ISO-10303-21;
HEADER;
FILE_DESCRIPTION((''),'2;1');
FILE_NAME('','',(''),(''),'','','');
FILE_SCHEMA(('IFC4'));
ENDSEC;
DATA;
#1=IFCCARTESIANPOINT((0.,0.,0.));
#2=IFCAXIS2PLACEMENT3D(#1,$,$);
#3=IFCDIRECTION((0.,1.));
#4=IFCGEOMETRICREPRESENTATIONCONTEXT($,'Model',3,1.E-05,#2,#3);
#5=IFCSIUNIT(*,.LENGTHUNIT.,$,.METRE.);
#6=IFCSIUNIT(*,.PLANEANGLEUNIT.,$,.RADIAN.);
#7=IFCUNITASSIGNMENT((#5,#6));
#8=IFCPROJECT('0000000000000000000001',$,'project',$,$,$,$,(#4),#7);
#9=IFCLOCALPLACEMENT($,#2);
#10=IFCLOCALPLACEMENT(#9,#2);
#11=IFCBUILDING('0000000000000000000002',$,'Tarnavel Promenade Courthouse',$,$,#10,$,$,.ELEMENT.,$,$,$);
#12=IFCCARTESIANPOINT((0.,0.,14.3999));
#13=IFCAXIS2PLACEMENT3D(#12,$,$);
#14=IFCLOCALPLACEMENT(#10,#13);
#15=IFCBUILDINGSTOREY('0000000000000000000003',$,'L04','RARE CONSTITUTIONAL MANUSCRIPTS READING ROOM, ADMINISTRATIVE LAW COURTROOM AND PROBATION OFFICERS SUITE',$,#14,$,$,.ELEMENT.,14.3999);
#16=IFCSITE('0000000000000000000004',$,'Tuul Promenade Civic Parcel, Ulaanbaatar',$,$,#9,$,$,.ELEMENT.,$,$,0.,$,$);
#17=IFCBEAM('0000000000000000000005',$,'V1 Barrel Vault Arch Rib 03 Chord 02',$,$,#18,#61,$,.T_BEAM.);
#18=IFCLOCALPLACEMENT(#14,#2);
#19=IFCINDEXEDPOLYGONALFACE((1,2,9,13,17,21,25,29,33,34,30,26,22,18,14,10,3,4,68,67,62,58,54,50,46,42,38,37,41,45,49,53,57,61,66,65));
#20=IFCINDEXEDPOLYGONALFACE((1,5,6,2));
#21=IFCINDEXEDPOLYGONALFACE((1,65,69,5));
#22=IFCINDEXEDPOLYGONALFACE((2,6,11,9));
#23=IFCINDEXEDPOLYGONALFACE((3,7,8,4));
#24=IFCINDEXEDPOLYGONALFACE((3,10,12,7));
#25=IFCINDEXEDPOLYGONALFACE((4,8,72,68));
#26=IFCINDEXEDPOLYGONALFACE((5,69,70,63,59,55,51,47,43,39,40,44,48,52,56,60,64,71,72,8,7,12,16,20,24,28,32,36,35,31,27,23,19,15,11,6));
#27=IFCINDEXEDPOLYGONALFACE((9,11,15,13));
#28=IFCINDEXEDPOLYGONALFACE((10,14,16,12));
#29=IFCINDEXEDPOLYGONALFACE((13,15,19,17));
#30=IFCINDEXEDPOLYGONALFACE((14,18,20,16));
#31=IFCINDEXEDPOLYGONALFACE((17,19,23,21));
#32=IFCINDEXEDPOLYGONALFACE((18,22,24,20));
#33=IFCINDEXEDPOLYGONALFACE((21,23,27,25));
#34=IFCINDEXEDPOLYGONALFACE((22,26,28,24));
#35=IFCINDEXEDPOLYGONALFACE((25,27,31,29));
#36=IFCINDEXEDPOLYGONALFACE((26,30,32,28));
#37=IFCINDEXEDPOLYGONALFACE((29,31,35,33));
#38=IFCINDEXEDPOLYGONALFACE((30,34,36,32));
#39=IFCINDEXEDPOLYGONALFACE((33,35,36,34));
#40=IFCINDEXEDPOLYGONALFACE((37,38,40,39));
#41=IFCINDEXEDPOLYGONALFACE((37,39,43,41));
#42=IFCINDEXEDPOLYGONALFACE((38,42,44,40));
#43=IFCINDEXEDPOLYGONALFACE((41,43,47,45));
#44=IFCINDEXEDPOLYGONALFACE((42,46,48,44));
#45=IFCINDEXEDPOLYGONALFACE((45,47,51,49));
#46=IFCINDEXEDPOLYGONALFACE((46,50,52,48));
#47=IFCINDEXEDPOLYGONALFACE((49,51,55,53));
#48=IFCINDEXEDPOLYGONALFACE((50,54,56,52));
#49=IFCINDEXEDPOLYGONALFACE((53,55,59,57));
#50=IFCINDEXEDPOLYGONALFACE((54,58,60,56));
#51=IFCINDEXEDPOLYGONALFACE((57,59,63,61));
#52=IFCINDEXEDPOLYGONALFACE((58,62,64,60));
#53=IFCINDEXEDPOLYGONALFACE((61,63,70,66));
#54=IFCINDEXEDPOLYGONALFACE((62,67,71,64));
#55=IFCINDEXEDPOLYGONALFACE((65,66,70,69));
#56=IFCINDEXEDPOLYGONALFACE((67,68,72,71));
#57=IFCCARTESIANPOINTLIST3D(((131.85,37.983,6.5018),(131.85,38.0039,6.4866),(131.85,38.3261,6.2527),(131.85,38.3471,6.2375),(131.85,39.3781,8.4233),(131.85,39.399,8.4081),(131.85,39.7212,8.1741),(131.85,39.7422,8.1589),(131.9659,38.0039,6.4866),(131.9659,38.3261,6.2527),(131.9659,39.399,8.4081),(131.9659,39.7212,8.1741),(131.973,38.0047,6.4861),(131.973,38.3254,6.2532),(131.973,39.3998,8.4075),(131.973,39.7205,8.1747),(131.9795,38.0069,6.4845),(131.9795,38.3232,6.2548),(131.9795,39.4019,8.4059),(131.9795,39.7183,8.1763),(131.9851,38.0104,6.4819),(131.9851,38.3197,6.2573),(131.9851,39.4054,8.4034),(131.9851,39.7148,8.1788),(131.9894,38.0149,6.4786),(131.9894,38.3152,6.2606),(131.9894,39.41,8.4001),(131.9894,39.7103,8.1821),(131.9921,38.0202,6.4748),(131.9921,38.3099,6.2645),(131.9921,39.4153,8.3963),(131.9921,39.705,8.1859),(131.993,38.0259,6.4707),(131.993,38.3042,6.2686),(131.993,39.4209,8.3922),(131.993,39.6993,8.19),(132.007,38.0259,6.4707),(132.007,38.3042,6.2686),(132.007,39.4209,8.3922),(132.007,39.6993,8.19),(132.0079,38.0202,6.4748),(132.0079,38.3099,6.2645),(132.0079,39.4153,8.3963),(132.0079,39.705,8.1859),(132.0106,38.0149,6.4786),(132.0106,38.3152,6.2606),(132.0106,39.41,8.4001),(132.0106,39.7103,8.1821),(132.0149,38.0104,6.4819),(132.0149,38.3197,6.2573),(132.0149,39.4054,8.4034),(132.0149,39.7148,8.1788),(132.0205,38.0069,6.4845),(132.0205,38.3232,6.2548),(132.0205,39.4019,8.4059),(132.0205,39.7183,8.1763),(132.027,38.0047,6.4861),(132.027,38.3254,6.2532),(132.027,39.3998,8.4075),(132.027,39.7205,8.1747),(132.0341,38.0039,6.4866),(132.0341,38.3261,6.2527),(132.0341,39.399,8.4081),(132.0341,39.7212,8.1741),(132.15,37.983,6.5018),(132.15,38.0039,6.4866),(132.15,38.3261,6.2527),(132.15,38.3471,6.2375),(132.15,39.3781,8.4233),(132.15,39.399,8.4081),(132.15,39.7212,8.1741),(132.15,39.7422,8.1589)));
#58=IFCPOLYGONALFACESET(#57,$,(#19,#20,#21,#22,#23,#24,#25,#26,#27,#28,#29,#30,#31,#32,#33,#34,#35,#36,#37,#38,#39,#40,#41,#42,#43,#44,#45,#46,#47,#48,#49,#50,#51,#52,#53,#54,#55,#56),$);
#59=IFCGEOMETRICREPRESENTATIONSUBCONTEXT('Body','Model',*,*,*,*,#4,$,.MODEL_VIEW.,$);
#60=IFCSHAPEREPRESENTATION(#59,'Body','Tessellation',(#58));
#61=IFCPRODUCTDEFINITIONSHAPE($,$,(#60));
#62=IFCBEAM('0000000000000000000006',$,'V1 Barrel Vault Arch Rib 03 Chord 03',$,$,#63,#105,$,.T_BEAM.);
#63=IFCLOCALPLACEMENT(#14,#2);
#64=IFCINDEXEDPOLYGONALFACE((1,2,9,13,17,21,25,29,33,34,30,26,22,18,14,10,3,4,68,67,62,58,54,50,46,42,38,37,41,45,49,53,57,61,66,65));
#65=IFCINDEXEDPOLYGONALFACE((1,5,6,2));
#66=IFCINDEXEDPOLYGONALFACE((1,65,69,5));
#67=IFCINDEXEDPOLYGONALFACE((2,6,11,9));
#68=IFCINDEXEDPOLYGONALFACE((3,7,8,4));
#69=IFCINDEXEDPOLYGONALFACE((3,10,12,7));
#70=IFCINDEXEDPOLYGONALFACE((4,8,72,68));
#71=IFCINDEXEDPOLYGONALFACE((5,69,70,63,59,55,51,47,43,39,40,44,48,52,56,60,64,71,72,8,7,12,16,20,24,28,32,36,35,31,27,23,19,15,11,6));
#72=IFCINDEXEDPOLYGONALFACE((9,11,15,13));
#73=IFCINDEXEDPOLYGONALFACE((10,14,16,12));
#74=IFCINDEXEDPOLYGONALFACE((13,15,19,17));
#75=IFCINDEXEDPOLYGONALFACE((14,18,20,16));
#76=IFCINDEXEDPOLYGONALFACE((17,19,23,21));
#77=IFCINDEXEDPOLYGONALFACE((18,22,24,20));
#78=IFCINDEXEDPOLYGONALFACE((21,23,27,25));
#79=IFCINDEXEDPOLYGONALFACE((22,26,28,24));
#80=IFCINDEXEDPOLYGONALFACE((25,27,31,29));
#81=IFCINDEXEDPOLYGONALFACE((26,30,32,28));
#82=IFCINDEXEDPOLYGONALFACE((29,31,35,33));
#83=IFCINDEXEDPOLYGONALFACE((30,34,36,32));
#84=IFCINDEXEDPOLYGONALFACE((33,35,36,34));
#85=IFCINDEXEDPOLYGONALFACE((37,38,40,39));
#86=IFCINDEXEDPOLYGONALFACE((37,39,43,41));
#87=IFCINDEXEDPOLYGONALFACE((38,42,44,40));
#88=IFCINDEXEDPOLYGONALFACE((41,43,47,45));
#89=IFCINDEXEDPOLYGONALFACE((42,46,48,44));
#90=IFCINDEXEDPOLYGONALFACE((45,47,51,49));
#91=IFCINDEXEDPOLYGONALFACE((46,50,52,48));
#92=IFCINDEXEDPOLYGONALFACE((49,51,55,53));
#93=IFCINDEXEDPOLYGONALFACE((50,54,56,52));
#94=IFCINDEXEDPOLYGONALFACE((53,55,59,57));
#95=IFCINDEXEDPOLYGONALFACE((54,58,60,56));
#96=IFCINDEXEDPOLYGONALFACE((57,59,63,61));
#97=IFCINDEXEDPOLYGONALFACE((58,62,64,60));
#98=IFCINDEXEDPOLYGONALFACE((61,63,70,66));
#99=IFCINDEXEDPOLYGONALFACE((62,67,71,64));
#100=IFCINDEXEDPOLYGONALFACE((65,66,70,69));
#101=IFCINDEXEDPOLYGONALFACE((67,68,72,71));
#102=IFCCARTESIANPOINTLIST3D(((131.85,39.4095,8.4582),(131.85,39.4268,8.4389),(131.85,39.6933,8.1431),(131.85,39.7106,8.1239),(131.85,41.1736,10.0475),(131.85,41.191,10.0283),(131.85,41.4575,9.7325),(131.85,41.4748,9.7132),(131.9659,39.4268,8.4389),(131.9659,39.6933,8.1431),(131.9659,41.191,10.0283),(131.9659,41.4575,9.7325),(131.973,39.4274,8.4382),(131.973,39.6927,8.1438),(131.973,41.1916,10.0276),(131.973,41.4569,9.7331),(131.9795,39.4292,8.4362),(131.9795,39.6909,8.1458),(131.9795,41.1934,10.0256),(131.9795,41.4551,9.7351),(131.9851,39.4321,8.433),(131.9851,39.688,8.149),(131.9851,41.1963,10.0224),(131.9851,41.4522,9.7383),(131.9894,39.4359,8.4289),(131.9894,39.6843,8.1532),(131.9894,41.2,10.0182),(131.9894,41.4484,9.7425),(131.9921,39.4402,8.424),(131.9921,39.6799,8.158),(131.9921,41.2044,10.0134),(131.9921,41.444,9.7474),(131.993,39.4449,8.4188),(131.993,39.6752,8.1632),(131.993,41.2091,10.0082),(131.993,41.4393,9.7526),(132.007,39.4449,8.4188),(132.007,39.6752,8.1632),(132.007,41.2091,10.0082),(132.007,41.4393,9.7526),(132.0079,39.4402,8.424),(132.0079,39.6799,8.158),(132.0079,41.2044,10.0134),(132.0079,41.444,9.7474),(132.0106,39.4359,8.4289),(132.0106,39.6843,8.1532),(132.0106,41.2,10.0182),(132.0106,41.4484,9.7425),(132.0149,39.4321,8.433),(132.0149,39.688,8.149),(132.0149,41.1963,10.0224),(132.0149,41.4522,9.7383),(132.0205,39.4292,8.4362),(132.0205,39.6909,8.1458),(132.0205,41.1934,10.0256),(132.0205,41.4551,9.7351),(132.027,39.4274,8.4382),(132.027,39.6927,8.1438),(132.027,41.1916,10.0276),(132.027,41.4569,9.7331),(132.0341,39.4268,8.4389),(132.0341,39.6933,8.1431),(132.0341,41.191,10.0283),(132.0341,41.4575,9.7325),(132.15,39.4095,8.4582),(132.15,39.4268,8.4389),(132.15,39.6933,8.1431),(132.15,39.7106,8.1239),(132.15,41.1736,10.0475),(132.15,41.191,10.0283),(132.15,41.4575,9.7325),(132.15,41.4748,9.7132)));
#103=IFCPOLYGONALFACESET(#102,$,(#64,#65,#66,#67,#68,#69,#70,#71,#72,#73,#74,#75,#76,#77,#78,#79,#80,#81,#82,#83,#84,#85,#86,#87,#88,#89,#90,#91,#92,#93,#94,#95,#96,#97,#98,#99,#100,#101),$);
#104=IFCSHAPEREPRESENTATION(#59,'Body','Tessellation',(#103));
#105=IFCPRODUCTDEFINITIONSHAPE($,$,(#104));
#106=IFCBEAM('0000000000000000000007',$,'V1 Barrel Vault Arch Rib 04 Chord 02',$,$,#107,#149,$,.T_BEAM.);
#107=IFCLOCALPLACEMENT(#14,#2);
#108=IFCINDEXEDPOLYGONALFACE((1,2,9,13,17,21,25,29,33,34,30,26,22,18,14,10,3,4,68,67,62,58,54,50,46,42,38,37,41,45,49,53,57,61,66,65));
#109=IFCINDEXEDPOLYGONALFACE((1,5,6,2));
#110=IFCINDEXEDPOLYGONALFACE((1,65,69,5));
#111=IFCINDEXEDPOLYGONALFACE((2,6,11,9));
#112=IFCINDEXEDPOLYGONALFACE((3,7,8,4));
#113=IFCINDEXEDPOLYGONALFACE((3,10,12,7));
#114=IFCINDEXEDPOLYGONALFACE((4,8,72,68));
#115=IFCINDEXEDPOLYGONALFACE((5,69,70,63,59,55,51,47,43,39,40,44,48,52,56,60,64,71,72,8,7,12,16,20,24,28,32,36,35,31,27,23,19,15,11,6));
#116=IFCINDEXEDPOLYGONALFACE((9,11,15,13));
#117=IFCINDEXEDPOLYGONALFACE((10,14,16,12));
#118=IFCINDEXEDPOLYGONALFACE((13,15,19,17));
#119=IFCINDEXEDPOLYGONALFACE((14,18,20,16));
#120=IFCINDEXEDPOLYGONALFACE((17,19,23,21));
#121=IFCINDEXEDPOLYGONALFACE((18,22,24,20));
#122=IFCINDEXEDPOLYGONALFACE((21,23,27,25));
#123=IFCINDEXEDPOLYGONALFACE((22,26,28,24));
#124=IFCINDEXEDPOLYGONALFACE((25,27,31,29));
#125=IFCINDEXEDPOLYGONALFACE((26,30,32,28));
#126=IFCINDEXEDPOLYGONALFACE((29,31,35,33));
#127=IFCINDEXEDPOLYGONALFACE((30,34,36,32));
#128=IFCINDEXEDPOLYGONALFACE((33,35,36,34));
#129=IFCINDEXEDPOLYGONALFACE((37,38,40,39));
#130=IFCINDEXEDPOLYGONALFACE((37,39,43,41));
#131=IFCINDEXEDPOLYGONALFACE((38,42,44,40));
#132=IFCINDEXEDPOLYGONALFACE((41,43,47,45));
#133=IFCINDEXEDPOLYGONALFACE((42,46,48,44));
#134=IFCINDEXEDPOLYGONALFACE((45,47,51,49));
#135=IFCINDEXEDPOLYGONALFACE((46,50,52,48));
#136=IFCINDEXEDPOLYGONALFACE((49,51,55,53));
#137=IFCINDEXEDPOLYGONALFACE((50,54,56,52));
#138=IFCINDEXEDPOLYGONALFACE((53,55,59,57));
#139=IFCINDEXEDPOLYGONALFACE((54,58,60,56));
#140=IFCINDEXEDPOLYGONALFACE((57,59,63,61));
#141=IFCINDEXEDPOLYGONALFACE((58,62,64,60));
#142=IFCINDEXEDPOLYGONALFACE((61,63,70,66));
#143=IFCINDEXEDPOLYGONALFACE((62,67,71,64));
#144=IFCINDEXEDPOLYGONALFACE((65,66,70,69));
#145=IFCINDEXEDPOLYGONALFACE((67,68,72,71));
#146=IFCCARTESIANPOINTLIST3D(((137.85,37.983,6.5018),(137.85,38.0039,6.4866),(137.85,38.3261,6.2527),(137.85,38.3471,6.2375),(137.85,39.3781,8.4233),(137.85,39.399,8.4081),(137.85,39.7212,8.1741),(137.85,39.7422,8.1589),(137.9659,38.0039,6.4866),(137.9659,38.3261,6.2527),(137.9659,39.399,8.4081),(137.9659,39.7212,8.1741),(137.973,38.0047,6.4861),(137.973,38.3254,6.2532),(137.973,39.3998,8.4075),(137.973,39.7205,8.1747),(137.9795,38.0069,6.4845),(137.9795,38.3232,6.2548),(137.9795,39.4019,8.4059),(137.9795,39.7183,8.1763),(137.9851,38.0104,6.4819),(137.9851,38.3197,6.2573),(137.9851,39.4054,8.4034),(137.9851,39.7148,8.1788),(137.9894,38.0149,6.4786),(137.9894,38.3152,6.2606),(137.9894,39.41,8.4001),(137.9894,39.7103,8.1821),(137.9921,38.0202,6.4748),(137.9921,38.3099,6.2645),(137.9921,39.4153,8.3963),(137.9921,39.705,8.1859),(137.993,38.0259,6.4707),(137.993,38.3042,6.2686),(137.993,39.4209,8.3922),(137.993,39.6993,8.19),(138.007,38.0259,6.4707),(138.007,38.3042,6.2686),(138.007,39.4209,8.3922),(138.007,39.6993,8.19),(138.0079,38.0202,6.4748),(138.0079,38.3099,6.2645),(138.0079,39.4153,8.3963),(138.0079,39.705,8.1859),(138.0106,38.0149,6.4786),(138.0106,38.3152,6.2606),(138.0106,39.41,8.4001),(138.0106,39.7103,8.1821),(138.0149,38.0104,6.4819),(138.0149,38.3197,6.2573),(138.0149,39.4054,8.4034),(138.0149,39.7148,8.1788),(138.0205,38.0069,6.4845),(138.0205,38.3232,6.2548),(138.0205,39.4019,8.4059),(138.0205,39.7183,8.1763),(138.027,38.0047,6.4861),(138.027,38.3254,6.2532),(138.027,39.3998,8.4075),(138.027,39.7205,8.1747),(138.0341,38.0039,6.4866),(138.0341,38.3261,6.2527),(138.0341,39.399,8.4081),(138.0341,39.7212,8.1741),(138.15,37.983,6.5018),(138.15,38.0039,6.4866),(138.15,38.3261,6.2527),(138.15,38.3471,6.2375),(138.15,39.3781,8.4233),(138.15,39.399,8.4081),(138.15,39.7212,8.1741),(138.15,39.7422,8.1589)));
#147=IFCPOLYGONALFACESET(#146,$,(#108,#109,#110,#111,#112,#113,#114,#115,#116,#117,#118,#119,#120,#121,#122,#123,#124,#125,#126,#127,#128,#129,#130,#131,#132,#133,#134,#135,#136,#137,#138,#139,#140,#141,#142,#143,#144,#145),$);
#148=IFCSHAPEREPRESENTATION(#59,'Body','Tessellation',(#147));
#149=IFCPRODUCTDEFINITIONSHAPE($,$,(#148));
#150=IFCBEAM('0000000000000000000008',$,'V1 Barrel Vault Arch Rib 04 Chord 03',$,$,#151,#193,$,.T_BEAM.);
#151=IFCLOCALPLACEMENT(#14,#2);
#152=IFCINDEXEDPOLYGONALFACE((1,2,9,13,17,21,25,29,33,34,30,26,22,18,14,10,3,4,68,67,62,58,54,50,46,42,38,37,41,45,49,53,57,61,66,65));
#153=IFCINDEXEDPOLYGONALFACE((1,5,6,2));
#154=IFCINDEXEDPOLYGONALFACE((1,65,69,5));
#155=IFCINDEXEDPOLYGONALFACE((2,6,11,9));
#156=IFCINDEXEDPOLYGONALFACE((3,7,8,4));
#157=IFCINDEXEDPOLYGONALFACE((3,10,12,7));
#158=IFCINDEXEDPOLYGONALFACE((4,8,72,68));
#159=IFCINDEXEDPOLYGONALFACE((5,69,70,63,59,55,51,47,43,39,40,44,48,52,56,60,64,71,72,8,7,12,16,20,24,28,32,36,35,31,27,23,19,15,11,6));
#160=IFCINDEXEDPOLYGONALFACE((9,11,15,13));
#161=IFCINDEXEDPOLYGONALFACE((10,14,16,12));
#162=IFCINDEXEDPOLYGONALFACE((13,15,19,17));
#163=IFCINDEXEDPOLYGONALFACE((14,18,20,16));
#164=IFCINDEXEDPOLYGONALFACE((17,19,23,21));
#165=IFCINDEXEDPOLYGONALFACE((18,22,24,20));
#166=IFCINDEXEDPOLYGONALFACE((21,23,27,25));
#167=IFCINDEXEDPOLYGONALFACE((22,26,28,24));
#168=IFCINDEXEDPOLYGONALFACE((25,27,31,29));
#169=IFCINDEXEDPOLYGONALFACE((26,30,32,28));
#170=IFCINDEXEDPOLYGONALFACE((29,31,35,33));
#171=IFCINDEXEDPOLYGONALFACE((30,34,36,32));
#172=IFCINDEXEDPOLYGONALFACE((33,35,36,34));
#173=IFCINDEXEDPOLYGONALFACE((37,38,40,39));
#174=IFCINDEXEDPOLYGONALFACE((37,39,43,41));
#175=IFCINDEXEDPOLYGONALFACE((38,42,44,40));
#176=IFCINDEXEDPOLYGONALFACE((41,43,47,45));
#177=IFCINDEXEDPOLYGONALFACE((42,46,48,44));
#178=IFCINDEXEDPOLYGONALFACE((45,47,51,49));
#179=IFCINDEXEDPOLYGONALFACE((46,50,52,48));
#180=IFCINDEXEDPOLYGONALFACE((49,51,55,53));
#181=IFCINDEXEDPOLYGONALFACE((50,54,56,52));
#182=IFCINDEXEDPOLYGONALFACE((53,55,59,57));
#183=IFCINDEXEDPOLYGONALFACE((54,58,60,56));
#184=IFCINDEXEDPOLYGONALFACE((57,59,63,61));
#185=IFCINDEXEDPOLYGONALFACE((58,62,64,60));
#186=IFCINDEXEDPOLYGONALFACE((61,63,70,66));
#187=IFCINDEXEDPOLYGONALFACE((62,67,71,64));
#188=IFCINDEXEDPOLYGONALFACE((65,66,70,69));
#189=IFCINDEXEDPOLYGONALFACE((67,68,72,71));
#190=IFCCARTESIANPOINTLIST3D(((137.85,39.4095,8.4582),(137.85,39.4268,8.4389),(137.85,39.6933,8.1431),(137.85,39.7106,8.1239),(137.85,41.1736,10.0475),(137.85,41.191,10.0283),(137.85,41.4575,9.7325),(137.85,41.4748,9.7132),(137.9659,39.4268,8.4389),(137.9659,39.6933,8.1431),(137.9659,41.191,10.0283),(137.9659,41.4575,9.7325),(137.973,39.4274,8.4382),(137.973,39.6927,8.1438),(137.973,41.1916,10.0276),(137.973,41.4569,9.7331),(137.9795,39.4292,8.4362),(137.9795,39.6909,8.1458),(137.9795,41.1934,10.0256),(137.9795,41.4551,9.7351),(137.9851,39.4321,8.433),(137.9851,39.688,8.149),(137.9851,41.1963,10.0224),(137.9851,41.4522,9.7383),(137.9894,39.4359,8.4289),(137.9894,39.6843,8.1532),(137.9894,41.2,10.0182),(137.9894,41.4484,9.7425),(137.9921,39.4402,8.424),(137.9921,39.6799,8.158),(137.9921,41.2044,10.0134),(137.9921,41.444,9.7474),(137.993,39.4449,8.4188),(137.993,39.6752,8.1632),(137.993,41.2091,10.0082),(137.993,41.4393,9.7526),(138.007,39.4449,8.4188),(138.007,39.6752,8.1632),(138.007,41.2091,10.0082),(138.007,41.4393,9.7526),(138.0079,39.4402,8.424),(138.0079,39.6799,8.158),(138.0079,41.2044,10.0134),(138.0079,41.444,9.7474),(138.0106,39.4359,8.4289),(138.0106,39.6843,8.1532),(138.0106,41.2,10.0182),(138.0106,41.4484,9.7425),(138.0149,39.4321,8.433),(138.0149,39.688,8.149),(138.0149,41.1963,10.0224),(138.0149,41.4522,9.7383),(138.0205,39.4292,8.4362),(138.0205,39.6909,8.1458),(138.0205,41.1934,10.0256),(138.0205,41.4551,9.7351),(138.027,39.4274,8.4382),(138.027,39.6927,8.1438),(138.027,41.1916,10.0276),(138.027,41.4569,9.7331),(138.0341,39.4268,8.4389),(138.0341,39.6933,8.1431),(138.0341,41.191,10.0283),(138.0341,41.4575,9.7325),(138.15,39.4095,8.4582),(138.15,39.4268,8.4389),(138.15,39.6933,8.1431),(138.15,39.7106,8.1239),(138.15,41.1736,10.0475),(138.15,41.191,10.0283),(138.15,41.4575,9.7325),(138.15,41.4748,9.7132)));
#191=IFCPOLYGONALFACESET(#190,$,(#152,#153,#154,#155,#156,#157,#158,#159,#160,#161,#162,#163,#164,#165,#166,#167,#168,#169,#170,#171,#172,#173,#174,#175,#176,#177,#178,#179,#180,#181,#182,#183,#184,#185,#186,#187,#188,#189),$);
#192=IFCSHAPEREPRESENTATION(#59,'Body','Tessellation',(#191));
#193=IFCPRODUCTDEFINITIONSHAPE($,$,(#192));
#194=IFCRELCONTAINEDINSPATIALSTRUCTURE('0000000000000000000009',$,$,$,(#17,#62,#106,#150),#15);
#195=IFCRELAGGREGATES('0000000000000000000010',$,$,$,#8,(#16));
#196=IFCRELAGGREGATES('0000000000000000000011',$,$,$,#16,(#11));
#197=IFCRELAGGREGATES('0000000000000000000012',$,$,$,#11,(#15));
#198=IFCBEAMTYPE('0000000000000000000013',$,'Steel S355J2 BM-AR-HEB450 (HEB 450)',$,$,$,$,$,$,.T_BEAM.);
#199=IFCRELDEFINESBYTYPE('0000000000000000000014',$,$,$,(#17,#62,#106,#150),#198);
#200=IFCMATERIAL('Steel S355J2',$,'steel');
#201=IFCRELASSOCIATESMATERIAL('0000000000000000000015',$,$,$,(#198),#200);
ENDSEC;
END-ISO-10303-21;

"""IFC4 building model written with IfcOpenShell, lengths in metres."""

from ifc_helpers import new_model, si_unit, direction, frame, origin, origin_2d, place, context, subcontext, project, spatial, i_section, extrude, material, material_profile, profile_set, type_object, element, save


model = new_model("IFC4")

# Units and contexts
model_context = context("Model", 3, precision=1e-05, world=origin(), true_north=direction((0.0, 1.0)))
body_context = subcontext(model_context, "Body", "Model", "MODEL_VIEW")
ifc_project = project(units=[si_unit("LENGTHUNIT", "METRE"), si_unit("PLANEANGLEUNIT", "RADIAN")], contexts=[model_context])

# Site, building, storey
site_placement = place(None, origin())
site = spatial("IfcSite", under=ifc_project, at=site_placement, Name="Tuul Promenade Civic Parcel, Ulaanbaatar", CompositionType="ELEMENT", RefElevation=0.0)
building_placement = place(site_placement, origin())
building = spatial("IfcBuilding", under=site, at=building_placement, Name="Tarnavel Promenade Courthouse", CompositionType="ELEMENT")
storey_placement = place(building_placement, frame((0.0, 0.0, 14.3999)))
storey = spatial("IfcBuildingStorey", under=building, at=storey_placement, Name="L04", Description="RARE CONSTITUTIONAL MANUSCRIPTS READING ROOM, ADMINISTRATIVE LAW COURTROOM AND PROBATION OFFICERS SUITE", CompositionType="ELEMENT", Elevation=14.3999)

# Beams
ifc_material_1 = material(Name="Steel S355J2", Category="steel")
ifc_material_profile_1 = material_profile(ifc_material_1, i_section(OverallWidth=0.3, OverallDepth=0.45, WebThickness=0.0139, FlangeThickness=0.0259, FilletRadius=0.0271, at=origin_2d()), Name="HEB 450")
ifc_profile_set_1 = profile_set([ifc_material_profile_1], Name="Steel S355J2")
beam_type = type_object("IfcBeamType", Name="Steel S355J2 BM-AR-HEB450 (HEB 450)", PredefinedType="T_BEAM", material=ifc_profile_set_1)
for number, where, z_axis, x_axis, name in (
    (1, (132.0, 38.165, 6.3696), (0.0, 0.587523, 0.809207), (-1.0, 0.0, 0.0), "V1 Barrel Vault Arch Rib 03 Chord 02"),
    (2, (132.0, 39.5601, 8.291), (0.0, 0.742957, 0.66934), (-1.0, 0.0, 0.0), "V1 Barrel Vault Arch Rib 03 Chord 03"),
    (3, (138.0, 38.165, 6.3696), (0.0, 0.587523, 0.809207), (-1.0, 0.0, 0.0), "V1 Barrel Vault Arch Rib 04 Chord 02"),
    (4, (138.0, 39.5601, 8.291), (0.0, 0.742957, 0.66934), (-1.0, 0.0, 0.0), "V1 Barrel Vault Arch Rib 04 Chord 03"),
):
    element("IfcBeam", number, at=place(storey_placement, frame(where, z_axis=z_axis, x_axis=x_axis)), inside=storey, type_object=beam_type, Name=name, PredefinedType="T_BEAM", context=body_context, shape_type="SweptSolid", body=[
        extrude(i_section(OverallWidth=0.3, OverallDepth=0.45, WebThickness=0.0139, FlangeThickness=0.0259, FilletRadius=0.0271, at=origin_2d()), origin(), (0.0, 0.0, 1.0), 2.3745),
    ])

save(model, "model.ifc")
